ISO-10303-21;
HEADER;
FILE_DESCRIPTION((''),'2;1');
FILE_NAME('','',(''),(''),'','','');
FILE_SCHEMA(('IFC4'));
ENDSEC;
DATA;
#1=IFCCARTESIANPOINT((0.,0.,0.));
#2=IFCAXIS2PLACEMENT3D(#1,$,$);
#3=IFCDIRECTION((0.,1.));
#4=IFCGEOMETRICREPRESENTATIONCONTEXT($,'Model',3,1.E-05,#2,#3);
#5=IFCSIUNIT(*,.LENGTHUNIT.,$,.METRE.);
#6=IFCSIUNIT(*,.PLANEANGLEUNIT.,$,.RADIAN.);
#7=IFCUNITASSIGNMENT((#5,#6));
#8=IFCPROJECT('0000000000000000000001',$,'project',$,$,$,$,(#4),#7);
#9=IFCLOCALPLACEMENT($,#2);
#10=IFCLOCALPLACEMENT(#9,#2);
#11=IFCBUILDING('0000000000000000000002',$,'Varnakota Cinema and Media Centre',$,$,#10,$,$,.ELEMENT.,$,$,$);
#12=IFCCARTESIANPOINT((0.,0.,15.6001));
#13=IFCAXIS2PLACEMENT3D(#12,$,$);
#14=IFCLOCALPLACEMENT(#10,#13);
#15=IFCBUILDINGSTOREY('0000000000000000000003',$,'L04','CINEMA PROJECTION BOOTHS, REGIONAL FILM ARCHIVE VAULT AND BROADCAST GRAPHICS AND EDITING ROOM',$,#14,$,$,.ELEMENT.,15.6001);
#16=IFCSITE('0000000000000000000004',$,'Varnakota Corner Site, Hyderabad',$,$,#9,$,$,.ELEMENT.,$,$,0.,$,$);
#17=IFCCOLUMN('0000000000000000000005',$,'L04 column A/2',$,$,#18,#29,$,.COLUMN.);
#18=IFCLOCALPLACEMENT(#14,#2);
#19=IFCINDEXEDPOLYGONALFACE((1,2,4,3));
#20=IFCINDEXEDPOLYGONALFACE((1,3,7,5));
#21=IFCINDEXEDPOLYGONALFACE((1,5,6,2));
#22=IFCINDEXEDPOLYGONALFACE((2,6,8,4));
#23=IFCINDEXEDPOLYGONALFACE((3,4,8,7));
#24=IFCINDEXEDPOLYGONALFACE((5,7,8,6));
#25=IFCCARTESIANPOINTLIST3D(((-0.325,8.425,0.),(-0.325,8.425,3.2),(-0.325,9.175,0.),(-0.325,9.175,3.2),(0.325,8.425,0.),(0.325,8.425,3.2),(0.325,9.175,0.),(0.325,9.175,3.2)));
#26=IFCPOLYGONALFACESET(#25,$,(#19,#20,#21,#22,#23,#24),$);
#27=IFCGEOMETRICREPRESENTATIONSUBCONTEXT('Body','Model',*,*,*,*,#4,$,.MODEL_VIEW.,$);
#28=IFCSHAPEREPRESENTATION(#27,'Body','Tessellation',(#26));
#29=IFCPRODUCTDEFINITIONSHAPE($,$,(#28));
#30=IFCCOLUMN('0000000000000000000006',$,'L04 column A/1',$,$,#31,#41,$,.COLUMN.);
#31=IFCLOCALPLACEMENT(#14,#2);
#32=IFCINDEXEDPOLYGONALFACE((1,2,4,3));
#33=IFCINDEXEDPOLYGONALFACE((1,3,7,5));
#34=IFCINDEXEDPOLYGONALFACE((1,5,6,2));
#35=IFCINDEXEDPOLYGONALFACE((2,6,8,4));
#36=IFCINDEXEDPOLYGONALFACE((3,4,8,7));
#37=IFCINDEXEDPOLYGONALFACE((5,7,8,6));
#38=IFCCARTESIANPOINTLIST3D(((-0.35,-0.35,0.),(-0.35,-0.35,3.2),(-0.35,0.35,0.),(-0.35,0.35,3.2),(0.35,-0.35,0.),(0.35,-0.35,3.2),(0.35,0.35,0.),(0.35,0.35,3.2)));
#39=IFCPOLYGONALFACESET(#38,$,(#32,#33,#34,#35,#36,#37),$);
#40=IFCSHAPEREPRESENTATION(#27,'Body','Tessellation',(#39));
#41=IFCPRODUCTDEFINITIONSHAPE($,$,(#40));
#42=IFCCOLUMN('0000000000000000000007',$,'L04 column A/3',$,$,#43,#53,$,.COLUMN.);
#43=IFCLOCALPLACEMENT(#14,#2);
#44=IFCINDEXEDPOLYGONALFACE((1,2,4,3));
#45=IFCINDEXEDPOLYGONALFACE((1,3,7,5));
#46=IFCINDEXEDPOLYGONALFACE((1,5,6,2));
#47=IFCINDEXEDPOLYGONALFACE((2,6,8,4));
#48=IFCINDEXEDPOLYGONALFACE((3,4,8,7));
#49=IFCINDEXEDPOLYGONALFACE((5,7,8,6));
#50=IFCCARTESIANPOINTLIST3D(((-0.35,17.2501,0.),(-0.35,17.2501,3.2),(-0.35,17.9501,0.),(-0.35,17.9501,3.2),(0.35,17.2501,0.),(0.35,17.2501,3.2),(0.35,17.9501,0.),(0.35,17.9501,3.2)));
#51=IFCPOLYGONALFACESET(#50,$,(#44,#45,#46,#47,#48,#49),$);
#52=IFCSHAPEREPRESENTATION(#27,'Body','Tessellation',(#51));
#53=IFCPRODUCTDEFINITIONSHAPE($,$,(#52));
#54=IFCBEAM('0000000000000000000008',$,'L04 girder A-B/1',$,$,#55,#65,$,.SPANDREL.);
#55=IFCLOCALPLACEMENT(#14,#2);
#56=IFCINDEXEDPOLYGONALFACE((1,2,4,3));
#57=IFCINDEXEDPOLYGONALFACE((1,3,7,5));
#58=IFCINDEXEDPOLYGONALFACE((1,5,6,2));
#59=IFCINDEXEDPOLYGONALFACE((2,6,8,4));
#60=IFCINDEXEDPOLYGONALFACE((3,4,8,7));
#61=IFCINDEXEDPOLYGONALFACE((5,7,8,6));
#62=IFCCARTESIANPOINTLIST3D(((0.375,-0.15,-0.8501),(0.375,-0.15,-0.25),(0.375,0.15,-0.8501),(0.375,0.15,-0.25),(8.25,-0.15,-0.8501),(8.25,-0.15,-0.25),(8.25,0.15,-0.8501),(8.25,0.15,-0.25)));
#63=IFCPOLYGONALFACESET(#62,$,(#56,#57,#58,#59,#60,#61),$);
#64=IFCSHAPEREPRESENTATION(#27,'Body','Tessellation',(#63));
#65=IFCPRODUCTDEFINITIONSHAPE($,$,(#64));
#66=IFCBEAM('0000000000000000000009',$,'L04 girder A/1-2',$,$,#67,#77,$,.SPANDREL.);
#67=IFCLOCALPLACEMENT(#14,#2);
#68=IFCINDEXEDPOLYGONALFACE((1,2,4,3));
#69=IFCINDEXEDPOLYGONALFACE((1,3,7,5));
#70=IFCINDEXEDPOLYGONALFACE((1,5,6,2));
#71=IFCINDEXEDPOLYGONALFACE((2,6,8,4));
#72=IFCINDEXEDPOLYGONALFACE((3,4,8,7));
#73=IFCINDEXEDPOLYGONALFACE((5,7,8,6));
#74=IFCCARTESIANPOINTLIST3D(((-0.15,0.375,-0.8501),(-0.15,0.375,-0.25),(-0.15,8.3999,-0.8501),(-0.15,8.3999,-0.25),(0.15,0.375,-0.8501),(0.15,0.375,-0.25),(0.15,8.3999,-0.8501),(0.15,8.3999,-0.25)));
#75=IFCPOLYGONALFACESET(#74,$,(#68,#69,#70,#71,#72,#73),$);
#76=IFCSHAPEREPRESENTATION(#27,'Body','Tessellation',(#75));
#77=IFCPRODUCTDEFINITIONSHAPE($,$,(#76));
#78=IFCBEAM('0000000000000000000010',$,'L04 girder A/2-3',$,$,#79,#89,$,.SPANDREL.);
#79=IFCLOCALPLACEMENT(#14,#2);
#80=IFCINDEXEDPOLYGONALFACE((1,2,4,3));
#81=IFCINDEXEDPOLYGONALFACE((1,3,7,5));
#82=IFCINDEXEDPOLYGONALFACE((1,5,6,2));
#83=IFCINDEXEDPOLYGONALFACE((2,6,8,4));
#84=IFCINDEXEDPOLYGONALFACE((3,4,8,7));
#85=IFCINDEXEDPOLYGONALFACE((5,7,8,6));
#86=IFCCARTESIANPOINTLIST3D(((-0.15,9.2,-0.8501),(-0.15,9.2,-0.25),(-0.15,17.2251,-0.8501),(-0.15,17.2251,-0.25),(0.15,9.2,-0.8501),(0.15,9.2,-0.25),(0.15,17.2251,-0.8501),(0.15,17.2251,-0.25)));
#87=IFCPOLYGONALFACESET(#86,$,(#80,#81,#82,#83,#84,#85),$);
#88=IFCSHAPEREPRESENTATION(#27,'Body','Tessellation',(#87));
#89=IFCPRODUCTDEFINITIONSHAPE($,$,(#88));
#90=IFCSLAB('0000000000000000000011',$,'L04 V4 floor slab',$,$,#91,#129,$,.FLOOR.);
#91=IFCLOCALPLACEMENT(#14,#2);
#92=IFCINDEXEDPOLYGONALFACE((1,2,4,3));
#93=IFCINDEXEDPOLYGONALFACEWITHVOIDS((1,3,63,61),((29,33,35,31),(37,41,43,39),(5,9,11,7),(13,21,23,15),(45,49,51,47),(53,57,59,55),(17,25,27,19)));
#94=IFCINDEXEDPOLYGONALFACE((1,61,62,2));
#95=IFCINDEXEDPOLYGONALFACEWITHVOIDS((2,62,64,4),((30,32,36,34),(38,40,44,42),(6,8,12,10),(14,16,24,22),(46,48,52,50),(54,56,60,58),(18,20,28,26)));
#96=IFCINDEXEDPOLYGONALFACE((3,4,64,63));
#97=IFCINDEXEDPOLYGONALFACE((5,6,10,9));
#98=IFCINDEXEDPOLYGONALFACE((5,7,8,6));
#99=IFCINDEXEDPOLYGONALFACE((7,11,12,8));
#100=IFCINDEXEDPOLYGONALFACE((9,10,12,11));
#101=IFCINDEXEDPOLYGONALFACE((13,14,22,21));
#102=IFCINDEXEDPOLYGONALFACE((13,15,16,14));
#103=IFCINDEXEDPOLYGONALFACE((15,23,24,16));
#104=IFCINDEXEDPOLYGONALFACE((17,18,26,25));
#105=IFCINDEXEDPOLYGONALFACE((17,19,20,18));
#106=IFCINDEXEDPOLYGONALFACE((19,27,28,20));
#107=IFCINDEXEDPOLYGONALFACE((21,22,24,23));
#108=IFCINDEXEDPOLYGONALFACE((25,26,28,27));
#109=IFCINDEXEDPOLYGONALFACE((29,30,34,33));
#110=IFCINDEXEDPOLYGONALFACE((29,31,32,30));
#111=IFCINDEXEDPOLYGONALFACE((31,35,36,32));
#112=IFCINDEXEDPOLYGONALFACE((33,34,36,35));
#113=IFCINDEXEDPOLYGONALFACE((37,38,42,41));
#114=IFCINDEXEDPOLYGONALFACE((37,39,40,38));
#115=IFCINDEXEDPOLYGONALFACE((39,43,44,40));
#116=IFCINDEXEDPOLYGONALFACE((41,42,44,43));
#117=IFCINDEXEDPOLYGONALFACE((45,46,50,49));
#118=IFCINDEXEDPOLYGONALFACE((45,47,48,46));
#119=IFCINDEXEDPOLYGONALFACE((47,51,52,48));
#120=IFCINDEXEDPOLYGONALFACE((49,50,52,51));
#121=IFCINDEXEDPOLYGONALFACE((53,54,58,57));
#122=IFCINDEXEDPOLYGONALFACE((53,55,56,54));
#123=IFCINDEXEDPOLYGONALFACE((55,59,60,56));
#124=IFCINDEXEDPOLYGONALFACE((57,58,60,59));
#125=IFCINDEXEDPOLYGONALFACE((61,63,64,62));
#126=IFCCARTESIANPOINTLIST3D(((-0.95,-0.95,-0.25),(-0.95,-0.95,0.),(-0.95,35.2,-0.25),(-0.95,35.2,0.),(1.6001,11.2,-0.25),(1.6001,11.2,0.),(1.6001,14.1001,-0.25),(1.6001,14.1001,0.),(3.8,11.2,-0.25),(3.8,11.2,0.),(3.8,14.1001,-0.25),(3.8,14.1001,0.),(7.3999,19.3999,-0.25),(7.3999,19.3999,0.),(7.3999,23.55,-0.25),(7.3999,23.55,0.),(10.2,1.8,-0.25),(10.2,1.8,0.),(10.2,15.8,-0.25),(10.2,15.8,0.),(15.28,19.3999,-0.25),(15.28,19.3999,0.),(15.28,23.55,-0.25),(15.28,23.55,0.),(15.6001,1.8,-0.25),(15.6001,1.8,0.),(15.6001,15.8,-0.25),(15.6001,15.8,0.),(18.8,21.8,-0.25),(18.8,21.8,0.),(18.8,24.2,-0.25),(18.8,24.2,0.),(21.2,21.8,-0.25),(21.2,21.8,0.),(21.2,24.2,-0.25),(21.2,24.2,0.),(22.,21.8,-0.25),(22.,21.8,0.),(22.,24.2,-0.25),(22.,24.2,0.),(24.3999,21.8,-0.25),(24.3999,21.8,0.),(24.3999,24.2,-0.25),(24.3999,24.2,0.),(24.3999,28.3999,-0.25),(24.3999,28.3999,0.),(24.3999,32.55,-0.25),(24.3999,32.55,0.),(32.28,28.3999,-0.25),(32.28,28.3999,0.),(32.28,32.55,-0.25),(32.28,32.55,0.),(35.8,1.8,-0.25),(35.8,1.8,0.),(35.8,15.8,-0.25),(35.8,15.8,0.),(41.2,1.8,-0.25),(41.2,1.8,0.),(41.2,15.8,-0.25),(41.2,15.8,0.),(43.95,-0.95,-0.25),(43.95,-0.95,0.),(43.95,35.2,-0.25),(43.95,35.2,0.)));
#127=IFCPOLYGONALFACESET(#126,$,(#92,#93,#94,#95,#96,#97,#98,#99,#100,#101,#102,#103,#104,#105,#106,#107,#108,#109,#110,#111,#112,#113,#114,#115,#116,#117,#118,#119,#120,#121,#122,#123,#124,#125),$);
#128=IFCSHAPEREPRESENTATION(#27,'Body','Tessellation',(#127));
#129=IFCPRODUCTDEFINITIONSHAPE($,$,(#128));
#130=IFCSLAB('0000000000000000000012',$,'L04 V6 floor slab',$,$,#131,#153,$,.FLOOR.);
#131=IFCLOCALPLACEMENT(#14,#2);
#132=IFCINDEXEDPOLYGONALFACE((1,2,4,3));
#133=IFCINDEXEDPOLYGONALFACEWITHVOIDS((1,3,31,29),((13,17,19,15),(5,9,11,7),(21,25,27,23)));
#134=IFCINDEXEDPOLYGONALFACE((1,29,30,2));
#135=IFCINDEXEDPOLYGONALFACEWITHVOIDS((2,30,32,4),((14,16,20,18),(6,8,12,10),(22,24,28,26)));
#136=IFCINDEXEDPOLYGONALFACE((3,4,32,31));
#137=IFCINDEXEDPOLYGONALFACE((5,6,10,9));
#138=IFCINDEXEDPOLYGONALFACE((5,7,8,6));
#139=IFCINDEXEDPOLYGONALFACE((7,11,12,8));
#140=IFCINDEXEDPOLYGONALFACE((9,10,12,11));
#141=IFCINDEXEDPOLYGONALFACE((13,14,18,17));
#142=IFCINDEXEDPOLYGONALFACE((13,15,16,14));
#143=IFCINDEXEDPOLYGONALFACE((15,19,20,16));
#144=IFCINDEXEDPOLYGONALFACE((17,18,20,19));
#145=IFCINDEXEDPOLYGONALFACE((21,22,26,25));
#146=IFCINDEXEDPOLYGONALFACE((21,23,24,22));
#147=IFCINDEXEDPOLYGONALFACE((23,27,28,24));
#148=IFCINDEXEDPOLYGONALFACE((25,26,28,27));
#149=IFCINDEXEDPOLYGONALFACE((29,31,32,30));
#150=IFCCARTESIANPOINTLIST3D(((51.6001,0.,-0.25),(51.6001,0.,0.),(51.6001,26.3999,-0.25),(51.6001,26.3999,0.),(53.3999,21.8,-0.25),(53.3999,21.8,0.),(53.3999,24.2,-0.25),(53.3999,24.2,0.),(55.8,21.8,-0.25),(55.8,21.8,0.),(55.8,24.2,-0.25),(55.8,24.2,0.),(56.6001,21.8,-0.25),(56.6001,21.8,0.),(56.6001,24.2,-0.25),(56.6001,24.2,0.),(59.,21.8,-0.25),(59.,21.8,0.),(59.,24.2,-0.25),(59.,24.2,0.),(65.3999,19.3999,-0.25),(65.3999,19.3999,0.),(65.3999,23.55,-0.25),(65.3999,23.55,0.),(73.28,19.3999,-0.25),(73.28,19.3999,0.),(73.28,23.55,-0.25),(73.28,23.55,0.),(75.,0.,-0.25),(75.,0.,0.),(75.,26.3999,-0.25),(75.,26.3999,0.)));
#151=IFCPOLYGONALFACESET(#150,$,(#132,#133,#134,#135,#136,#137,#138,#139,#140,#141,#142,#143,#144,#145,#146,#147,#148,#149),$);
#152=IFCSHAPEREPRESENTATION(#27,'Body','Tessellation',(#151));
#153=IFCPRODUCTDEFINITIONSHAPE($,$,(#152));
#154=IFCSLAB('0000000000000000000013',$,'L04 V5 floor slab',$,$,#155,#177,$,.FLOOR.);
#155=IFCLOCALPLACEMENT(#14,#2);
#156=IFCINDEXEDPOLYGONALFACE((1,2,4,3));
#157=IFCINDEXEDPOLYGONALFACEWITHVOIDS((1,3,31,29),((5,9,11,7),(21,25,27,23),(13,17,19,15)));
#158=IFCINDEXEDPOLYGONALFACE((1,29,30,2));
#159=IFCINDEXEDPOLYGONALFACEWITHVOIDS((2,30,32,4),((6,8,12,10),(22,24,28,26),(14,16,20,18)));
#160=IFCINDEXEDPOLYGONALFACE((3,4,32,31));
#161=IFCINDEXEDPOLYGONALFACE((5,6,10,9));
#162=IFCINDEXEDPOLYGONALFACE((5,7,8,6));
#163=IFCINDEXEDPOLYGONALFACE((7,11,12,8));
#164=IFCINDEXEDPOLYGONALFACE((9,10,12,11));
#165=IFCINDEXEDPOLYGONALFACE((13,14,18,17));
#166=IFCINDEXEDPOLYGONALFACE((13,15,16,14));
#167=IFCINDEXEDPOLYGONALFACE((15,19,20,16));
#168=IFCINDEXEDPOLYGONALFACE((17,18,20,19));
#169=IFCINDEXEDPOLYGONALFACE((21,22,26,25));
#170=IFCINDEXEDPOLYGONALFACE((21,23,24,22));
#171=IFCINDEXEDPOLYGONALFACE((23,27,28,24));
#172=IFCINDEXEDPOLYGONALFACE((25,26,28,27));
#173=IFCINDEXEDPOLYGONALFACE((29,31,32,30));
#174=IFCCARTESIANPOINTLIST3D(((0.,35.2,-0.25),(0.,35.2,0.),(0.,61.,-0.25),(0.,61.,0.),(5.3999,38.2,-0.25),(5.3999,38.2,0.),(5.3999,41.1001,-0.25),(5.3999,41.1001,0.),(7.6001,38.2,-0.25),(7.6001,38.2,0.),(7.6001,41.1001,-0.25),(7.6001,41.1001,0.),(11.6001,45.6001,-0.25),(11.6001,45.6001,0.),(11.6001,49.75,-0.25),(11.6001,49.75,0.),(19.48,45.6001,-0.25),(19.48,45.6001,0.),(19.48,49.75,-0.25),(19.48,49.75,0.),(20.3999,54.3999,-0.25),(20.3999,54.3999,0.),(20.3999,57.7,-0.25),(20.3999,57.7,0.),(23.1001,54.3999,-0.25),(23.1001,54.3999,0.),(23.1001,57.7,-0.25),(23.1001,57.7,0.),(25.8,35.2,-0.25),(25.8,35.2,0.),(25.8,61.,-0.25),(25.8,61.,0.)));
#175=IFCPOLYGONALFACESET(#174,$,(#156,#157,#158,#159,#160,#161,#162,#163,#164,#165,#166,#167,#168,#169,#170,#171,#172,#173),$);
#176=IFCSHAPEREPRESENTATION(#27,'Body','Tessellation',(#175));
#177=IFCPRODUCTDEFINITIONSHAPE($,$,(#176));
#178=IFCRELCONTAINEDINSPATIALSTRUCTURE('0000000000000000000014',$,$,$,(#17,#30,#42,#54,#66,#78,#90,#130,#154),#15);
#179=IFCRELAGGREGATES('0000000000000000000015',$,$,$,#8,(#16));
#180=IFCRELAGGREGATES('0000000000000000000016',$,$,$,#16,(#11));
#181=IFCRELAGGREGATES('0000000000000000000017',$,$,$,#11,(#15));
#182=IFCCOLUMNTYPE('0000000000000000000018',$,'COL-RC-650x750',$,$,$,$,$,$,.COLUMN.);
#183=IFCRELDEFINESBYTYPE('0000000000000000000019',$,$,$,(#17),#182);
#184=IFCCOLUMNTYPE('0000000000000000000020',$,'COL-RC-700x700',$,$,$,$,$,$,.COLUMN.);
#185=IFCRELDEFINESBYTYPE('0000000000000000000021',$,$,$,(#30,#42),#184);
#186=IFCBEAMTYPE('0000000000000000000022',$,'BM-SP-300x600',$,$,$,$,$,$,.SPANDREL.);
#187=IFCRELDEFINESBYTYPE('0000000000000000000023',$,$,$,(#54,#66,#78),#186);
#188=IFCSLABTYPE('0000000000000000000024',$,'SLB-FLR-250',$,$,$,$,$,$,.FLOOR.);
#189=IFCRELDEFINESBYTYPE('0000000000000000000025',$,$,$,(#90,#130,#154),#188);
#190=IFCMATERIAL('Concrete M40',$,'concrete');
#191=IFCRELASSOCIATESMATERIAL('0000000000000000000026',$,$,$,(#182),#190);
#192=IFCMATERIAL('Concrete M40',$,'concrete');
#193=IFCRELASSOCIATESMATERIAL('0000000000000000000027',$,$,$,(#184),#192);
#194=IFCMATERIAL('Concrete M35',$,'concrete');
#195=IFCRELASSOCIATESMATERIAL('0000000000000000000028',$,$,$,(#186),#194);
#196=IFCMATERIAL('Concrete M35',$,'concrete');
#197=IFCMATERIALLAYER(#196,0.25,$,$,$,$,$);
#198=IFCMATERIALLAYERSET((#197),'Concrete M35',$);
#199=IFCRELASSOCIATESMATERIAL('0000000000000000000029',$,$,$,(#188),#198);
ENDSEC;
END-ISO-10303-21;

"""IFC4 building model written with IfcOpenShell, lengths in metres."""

from ifc_helpers import new_model, si_unit, direction, frame, origin, origin_2d, place, context, subcontext, project, spatial, polyline, rectangle, outline, extrude, material, layer, layer_set, material_profile, profile_set, type_object, element, save


model = new_model("IFC4")

# Units and contexts
model_context = context("Model", 3, precision=1e-05, world=origin(), true_north=direction((0.0, 1.0)))
body_context = subcontext(model_context, "Body", "Model", "MODEL_VIEW")
ifc_project = project(units=[si_unit("LENGTHUNIT", "METRE"), si_unit("PLANEANGLEUNIT", "RADIAN")], contexts=[model_context])

# Site, building, storey
site_placement = place(None, origin())
site = spatial("IfcSite", under=ifc_project, at=site_placement, Name="Varnakota Corner Site, Hyderabad", CompositionType="ELEMENT", RefElevation=0.0)
building_placement = place(site_placement, origin())
building = spatial("IfcBuilding", under=site, at=building_placement, Name="Varnakota Cinema and Media Centre", CompositionType="ELEMENT")
storey_placement = place(building_placement, frame((0.0, 0.0, 15.6001)))
storey = spatial("IfcBuildingStorey", under=building, at=storey_placement, Name="L04", Description="CINEMA PROJECTION BOOTHS, REGIONAL FILM ARCHIVE VAULT AND BROADCAST GRAPHICS AND EDITING ROOM", CompositionType="ELEMENT", Elevation=15.6001)

# Columns
ifc_material_1 = material(Name="Concrete M40", Category="concrete")
ifc_material_profile_1 = material_profile(ifc_material_1, rectangle(XDim=0.6499, YDim=0.75, at=origin_2d()), Name="RC 650x750")
ifc_profile_set_1 = profile_set([ifc_material_profile_1], Name="Concrete M40")
column_type_1 = type_object("IfcColumnType", Name="COL-RC-650x750", PredefinedType="COLUMN", material=ifc_profile_set_1)
column_placement = place(storey_placement, frame((0.0, 8.8, 0.0), z_axis=(0.0, 0.0, 1.0), x_axis=(1.0, 0.0, 0.0)))
element("IfcColumn", 1, at=column_placement, inside=storey, type_object=column_type_1, Name="L04 column A/2", PredefinedType="COLUMN", context=body_context, shape_type="SweptSolid", body=[
    extrude(rectangle(XDim=0.6499, YDim=0.75, at=origin_2d()), origin(), (0.0, 0.0, 1.0), 3.2),
])
ifc_material_2 = material(Name="Concrete M40", Category="concrete")
ifc_material_profile_2 = material_profile(ifc_material_2, rectangle(XDim=0.7, YDim=0.7, at=origin_2d()), Name="RC 700x700")
ifc_profile_set_2 = profile_set([ifc_material_profile_2], Name="Concrete M40")
column_type_2 = type_object("IfcColumnType", Name="COL-RC-700x700", PredefinedType="COLUMN", material=ifc_profile_set_2)
for number, where, z_axis, x_axis, name in (
    (2, (0.0, 0.0, 0.0), (0.0, 0.0, 1.0), (1.0, 0.0, 0.0), "L04 column A/1"),
    (3, (0.0, 17.6001, 0.0), (0.0, 0.0, 1.0), (1.0, 0.0, 0.0), "L04 column A/3"),
):
    element("IfcColumn", number, at=place(storey_placement, frame(where, z_axis=z_axis, x_axis=x_axis)), inside=storey, type_object=column_type_2, Name=name, PredefinedType="COLUMN", context=body_context, shape_type="SweptSolid", body=[
        extrude(rectangle(XDim=0.7, YDim=0.7, at=origin_2d()), origin(), (0.0, 0.0, 1.0), 3.2),
    ])

# Beams
ifc_material_3 = material(Name="Concrete M35", Category="concrete")
ifc_material_profile_3 = material_profile(ifc_material_3, rectangle(XDim=0.3, YDim=0.6001, at=origin_2d()), Name="RCB 300x600")
ifc_profile_set_3 = profile_set([ifc_material_profile_3], Name="Concrete M35")
beam_type = type_object("IfcBeamType", Name="BM-SP-300x600", PredefinedType="SPANDREL", material=ifc_profile_set_3)
beam_1_placement = place(storey_placement, frame((0.375, 0.0, -0.55), z_axis=(1.0, 0.0, 0.0), x_axis=(0.0, 1.0, 0.0)))
element("IfcBeam", 4, at=beam_1_placement, inside=storey, type_object=beam_type, Name="L04 girder A-B/1", PredefinedType="SPANDREL", context=body_context, shape_type="SweptSolid", body=[
    extrude(rectangle(XDim=0.3, YDim=0.6001, at=origin_2d()), origin(), (0.0, 0.0, 1.0), 7.875),
])
beam_2_placement = place(storey_placement, frame((0.0, 0.375, -0.55), z_axis=(0.0, 1.0, 0.0), x_axis=(-1.0, 0.0, 0.0)))
element("IfcBeam", 5, at=beam_2_placement, inside=storey, type_object=beam_type, Name="L04 girder A/1-2", PredefinedType="SPANDREL", context=body_context, shape_type="SweptSolid", body=[
    extrude(rectangle(XDim=0.3, YDim=0.6001, at=origin_2d()), origin(), (0.0, 0.0, 1.0), 8.0249),
])
beam_3_placement = place(storey_placement, frame((0.0, 9.2, -0.55), z_axis=(0.0, 1.0, 0.0), x_axis=(-1.0, 0.0, 0.0)))
element("IfcBeam", 6, at=beam_3_placement, inside=storey, type_object=beam_type, Name="L04 girder A/2-3", PredefinedType="SPANDREL", context=body_context, shape_type="SweptSolid", body=[
    extrude(rectangle(XDim=0.3, YDim=0.6001, at=origin_2d()), origin(), (0.0, 0.0, 1.0), 8.0251),
])

# Slabs
ifc_material_4 = material(Name="Concrete M35", Category="concrete")
ifc_layer_1 = layer(ifc_material_4, 0.25)
ifc_layer_set_1 = layer_set([ifc_layer_1], Name="Concrete M35")
slab_type_1 = type_object("IfcSlabType", Name="SLB-FLR-250", PredefinedType="FLOOR", material=ifc_layer_set_1)
slab_1_placement = place(storey_placement, frame((0.0, 0.0, -0.25)))
element("IfcSlab", 7, at=slab_1_placement, inside=storey, type_object=slab_type_1, Name="L04 V4 floor slab", PredefinedType="FLOOR", context=body_context, shape_type="SweptSolid", body=[
    extrude(outline(polyline([(-0.95, -0.95), (43.95, -0.95), (43.95, 35.2), (-0.95, 35.2), (-0.95, -0.95)]), holes=[polyline([(10.2, 1.8), (15.6001, 1.8), (15.6001, 15.8), (10.2, 15.8), (10.2, 1.8)]), polyline([(35.8, 1.8), (41.2, 1.8), (41.2, 15.8), (35.8, 15.8), (35.8, 1.8)]), polyline([(7.3999, 19.3999), (15.28, 19.3999), (15.28, 23.55), (7.3999, 23.55), (7.3999, 19.3999)]), polyline([(24.3999, 28.3999), (32.28, 28.3999), (32.28, 32.55), (24.3999, 32.55), (24.3999, 28.3999)]), polyline([(1.6001, 11.2), (3.8, 11.2), (3.8, 14.1001), (1.6001, 14.1001), (1.6001, 11.2)]), polyline([(18.8, 21.8), (21.2, 21.8), (21.2, 24.2), (18.8, 24.2), (18.8, 21.8)]), polyline([(22.0, 21.8), (24.3999, 21.8), (24.3999, 24.2), (22.0, 24.2), (22.0, 21.8)])]), origin(), (0.0, 0.0, 1.0), 0.25),
])
slab_2_placement = place(storey_placement, frame((0.0, 0.0, -0.25)))
element("IfcSlab", 8, at=slab_2_placement, inside=storey, type_object=slab_type_1, Name="L04 V6 floor slab", PredefinedType="FLOOR", context=body_context, shape_type="SweptSolid", body=[
    extrude(outline(polyline([(51.6001, 0.0), (75.0, 0.0), (75.0, 26.3999), (51.6001, 26.3999), (51.6001, 0.0)]), holes=[polyline([(65.3999, 19.3999), (73.28, 19.3999), (73.28, 23.55), (65.3999, 23.55), (65.3999, 19.3999)]), polyline([(53.3999, 21.8), (55.8, 21.8), (55.8, 24.2), (53.3999, 24.2), (53.3999, 21.8)]), polyline([(56.6001, 21.8), (59.0, 21.8), (59.0, 24.2), (56.6001, 24.2), (56.6001, 21.8)])]), origin(), (0.0, 0.0, 1.0), 0.25),
])
slab_3_placement = place(storey_placement, frame((0.0, 0.0, -0.25)))
element("IfcSlab", 9, at=slab_3_placement, inside=storey, type_object=slab_type_1, Name="L04 V5 floor slab", PredefinedType="FLOOR", context=body_context, shape_type="SweptSolid", body=[
    extrude(outline(polyline([(0.0, 35.2), (25.8, 35.2), (25.8, 61.0), (0.0, 61.0), (0.0, 35.2)]), holes=[polyline([(11.6001, 45.6001), (19.48, 45.6001), (19.48, 49.75), (11.6001, 49.75), (11.6001, 45.6001)]), polyline([(5.3999, 38.2), (7.6001, 38.2), (7.6001, 41.1001), (5.3999, 41.1001), (5.3999, 38.2)]), polyline([(20.3999, 54.3999), (23.1001, 54.3999), (23.1001, 57.7), (20.3999, 57.7), (20.3999, 54.3999)])]), origin(), (0.0, 0.0, 1.0), 0.25),
])

save(model, "model.ifc")
